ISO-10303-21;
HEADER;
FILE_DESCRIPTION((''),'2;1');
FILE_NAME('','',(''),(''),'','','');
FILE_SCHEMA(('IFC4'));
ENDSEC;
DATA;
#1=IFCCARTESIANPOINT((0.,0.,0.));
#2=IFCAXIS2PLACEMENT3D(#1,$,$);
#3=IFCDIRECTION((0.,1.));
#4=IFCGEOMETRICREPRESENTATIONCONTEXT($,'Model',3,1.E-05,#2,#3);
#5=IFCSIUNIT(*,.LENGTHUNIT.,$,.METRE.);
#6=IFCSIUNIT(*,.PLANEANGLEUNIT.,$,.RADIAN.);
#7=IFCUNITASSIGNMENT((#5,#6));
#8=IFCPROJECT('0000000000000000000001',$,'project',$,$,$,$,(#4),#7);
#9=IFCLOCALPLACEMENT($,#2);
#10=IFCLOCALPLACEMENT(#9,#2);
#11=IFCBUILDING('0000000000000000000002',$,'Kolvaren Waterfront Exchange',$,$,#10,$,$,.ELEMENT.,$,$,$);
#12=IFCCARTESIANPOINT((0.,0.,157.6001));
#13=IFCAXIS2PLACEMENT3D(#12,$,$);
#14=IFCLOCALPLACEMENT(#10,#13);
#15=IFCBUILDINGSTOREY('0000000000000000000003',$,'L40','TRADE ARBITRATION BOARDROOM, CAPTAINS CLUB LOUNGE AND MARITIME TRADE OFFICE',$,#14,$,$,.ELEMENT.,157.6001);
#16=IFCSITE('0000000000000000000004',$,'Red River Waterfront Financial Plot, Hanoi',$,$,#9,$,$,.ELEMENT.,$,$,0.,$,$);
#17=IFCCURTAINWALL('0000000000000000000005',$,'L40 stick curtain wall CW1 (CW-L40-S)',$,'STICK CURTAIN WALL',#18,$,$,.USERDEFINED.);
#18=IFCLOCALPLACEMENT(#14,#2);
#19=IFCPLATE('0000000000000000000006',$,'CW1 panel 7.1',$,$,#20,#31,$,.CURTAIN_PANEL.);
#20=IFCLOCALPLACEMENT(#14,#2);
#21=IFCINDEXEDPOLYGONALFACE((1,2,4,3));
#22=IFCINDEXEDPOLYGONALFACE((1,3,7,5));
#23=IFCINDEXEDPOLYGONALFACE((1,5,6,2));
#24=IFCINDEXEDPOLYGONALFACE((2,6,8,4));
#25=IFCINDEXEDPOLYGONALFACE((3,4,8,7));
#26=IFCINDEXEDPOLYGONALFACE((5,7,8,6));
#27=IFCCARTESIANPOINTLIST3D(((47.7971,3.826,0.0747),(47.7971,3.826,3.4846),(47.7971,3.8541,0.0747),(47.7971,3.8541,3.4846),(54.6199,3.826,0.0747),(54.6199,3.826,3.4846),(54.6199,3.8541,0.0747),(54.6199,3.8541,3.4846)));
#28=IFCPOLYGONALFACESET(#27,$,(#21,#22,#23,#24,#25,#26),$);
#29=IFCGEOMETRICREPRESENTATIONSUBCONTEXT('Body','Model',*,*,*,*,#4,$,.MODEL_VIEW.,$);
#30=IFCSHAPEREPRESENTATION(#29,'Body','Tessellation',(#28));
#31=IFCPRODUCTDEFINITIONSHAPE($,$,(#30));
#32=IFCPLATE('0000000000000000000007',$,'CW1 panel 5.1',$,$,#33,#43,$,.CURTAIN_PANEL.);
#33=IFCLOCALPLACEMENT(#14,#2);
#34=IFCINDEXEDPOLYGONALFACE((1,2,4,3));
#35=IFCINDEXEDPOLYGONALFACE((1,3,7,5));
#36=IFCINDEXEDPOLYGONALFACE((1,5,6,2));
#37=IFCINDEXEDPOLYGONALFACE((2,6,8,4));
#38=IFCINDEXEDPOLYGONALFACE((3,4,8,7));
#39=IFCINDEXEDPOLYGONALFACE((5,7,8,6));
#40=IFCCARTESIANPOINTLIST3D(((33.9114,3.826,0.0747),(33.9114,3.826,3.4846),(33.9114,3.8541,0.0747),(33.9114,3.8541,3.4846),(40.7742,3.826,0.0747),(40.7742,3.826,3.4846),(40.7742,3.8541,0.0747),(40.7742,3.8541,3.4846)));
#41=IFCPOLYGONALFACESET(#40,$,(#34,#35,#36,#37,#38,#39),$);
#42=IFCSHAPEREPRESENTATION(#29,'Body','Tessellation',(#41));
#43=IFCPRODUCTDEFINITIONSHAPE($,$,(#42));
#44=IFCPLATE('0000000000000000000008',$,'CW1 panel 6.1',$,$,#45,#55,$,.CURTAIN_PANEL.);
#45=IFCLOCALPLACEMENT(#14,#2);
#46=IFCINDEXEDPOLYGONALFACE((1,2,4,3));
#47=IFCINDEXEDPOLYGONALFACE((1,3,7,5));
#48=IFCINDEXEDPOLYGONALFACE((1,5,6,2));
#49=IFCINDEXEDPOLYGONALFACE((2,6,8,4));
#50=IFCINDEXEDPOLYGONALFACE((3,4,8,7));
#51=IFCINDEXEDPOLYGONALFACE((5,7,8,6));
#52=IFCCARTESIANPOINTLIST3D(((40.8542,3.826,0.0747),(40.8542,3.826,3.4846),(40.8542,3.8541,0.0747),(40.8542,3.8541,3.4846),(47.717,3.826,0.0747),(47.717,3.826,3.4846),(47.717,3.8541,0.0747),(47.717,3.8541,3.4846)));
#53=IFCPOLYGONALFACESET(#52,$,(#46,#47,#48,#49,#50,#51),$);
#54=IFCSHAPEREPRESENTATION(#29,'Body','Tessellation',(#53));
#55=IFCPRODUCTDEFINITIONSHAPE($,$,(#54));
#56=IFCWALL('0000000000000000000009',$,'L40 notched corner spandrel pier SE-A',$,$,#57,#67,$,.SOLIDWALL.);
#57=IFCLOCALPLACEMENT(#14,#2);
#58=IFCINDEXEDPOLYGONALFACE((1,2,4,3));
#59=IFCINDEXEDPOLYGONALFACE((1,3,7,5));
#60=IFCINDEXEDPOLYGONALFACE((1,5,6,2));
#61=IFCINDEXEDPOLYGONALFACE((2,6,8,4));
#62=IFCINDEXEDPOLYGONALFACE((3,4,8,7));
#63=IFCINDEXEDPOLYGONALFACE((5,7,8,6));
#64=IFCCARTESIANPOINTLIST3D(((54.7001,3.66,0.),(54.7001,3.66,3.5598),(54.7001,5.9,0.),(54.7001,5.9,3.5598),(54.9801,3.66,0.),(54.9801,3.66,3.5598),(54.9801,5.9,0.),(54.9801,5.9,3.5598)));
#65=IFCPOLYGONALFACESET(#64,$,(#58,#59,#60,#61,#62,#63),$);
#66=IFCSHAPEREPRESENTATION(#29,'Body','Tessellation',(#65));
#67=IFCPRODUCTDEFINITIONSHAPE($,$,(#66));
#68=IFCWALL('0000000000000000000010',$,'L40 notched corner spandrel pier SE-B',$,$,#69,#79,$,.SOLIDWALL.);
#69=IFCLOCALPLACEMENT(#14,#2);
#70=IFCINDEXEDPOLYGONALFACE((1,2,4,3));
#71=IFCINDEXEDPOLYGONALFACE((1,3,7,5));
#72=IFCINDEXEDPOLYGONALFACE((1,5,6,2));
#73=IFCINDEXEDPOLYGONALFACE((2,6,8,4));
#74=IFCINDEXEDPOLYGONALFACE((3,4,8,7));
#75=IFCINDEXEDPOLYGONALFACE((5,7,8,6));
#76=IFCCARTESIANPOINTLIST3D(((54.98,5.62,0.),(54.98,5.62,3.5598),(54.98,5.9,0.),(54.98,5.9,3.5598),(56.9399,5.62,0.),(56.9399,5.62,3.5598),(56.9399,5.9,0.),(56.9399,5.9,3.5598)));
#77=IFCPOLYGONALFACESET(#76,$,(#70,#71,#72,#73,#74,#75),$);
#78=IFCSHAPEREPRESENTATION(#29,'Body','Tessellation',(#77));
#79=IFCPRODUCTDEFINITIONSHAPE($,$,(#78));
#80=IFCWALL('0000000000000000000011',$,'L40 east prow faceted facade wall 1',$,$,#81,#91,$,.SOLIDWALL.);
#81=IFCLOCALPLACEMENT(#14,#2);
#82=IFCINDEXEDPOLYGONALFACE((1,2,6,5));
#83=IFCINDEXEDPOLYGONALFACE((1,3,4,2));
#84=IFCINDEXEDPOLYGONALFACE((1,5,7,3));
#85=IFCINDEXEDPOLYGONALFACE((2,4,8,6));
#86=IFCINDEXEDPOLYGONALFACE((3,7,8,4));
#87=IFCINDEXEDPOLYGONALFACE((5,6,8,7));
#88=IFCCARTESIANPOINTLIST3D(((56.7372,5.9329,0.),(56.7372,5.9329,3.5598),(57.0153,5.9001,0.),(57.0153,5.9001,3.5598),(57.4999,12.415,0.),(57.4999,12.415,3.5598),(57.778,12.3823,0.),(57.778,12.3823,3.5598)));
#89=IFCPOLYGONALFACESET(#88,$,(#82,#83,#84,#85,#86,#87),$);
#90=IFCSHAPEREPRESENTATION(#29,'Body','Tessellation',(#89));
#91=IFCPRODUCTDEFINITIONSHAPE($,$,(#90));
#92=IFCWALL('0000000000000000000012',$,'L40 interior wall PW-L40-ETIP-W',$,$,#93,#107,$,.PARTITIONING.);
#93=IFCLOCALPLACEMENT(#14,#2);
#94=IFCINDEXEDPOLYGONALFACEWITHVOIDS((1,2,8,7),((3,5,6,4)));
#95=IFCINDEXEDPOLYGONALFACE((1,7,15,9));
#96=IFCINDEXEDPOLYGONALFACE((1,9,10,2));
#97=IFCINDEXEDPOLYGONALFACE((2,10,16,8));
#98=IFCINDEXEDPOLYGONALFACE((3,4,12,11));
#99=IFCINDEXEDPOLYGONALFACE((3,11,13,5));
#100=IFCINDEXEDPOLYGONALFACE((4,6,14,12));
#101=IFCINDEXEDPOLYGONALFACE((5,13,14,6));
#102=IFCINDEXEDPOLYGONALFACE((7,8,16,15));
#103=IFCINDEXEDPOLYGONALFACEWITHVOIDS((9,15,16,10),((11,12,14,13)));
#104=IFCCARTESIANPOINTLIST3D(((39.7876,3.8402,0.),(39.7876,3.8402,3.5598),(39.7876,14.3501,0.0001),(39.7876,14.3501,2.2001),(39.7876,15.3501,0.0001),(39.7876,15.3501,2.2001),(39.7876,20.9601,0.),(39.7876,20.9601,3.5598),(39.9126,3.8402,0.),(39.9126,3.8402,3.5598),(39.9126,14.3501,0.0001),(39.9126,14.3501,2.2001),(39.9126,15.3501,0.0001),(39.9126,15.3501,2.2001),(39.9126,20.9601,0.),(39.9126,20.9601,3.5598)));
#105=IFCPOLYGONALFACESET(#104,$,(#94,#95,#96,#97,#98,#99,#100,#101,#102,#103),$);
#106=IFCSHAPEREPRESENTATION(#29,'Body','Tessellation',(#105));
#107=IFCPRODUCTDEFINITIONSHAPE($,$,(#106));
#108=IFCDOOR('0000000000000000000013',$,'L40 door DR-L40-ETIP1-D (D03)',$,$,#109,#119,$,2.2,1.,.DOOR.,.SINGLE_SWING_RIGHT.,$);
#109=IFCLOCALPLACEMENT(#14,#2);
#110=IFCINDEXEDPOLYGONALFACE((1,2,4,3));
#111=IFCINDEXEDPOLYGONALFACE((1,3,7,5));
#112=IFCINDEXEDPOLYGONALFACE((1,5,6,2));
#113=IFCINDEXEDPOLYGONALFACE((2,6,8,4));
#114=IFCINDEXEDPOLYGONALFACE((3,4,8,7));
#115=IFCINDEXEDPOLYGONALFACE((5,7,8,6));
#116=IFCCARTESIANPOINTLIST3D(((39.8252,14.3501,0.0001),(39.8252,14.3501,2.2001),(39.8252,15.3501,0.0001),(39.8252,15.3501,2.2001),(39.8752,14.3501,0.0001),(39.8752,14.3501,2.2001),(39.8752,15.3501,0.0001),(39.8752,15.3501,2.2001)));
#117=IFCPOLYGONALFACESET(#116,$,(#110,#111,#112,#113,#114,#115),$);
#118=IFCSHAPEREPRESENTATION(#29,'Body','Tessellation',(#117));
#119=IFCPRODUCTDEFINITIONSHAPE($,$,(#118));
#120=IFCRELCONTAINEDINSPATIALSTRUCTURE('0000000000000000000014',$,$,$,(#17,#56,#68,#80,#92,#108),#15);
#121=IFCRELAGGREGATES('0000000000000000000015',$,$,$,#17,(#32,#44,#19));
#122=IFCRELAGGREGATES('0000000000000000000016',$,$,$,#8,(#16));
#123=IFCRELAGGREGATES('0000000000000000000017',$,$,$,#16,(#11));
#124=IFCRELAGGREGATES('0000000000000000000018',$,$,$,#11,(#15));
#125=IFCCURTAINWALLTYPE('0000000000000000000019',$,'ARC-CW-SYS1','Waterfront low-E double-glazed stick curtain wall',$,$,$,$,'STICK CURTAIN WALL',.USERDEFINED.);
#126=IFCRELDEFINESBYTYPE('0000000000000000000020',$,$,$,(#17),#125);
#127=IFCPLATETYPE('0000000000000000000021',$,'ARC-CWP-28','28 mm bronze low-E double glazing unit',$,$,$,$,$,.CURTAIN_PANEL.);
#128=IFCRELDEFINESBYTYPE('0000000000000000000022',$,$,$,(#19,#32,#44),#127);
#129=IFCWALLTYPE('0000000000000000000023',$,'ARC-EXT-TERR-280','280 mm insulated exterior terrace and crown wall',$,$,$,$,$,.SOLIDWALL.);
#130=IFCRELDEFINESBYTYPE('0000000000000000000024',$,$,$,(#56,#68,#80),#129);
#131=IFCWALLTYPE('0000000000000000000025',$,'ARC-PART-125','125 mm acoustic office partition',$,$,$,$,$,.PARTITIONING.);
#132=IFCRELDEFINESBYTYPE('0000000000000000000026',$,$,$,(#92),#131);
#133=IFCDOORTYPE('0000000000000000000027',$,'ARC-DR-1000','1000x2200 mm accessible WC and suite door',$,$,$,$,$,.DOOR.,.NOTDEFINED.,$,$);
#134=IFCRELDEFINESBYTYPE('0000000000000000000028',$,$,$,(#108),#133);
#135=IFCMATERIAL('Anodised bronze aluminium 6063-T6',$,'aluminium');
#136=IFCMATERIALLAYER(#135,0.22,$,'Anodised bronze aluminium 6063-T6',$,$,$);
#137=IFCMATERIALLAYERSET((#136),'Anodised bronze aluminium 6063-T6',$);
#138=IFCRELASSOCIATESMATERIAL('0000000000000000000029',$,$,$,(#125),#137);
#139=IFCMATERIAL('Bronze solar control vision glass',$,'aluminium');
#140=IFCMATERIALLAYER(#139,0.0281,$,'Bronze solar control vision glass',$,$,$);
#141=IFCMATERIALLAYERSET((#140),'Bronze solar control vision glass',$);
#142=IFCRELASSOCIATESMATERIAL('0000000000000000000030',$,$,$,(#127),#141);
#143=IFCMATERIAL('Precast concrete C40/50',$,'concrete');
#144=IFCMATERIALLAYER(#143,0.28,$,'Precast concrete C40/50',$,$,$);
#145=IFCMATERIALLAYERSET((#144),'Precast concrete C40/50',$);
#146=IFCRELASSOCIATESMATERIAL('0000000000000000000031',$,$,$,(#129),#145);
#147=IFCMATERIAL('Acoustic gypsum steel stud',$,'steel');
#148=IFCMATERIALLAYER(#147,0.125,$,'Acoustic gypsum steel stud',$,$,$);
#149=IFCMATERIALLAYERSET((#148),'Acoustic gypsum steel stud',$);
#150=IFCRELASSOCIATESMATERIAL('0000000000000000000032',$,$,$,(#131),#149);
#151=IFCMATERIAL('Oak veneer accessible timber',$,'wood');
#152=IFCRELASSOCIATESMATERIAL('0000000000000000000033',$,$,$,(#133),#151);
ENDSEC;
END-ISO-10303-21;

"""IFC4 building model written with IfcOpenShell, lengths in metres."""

from ifc_helpers import new_model, si_unit, direction, frame, frame_2d, origin, origin_with_axes, origin_2d, place, context, subcontext, project, spatial, rectangle, extrude, source, transform, mapped, material, layer, layer_set, type_object, element, fill, aggregate, save


model = new_model("IFC4")

# Units and contexts
model_context = context("Model", 3, precision=1e-05, world=origin(), true_north=direction((0.0, 1.0)))
body_context = subcontext(model_context, "Body", "Model", "MODEL_VIEW")
ifc_project = project(units=[si_unit("LENGTHUNIT", "METRE"), si_unit("PLANEANGLEUNIT", "RADIAN")], contexts=[model_context])

# Site, building, storey
site_placement = place(None, origin())
site = spatial("IfcSite", under=ifc_project, at=site_placement, Name="Red River Waterfront Financial Plot, Hanoi", CompositionType="ELEMENT", RefElevation=0.0)
building_placement = place(site_placement, origin())
building = spatial("IfcBuilding", under=site, at=building_placement, Name="Kolvaren Waterfront Exchange", CompositionType="ELEMENT")
storey_placement = place(building_placement, frame((0.0, 0.0, 157.6001)))
storey = spatial("IfcBuildingStorey", under=building, at=storey_placement, Name="L40", Description="TRADE ARBITRATION BOARDROOM, CAPTAINS CLUB LOUNGE AND MARITIME TRADE OFFICE", CompositionType="ELEMENT", Elevation=157.6001)

# Curtain wall, plates
ifc_material_1 = material(Name="Anodised bronze aluminium 6063-T6", Category="aluminium")
ifc_layer_1 = layer(ifc_material_1, 0.22, Name="Anodised bronze aluminium 6063-T6")
ifc_layer_set_1 = layer_set([ifc_layer_1], Name="Anodised bronze aluminium 6063-T6")
curtain_wall_type = type_object("IfcCurtainWallType", Name="ARC-CW-SYS1", Description="Waterfront low-E double-glazed stick curtain wall", ElementType="STICK CURTAIN WALL", PredefinedType="USERDEFINED", material=ifc_layer_set_1)
curtain_wall_placement = place(storey_placement, origin())
curtain_wall = element("IfcCurtainWall", 1, at=curtain_wall_placement, inside=storey, type_object=curtain_wall_type, Name="L40 stick curtain wall CW1 (CW-L40-S)", ObjectType="STICK CURTAIN WALL", PredefinedType="USERDEFINED")
ifc_material_2 = material(Name="Bronze solar control vision glass", Category="aluminium")
ifc_layer_2 = layer(ifc_material_2, 0.0281, Name="Bronze solar control vision glass")
ifc_layer_set_2 = layer_set([ifc_layer_2], Name="Bronze solar control vision glass")
plate_type = type_object("IfcPlateType", Name="ARC-CWP-28", Description="28 mm bronze low-E double glazing unit", PredefinedType="CURTAIN_PANEL", material=ifc_layer_set_2)
shared_shape_1 = source(origin_with_axes(), body_context, "Body", "SweptSolid", [
    extrude(rectangle(XDim=6.8228, YDim=0.0281, at=origin_2d()), origin(), (0.0, 0.0, 1.0), 3.4099),
])
plate_1_placement = place(storey_placement, frame((51.2085, 3.8401, 0.0747), z_axis=(0.0, 0.0, 1.0), x_axis=(1.0, 0.0, 0.0)))
plate_1 = element("IfcPlate", 2, at=plate_1_placement, type_object=plate_type, Name="CW1 panel 7.1", PredefinedType="CURTAIN_PANEL", context=body_context, shape_type="MappedRepresentation", body=[
    mapped(shared_shape_1, transform((0.0, 0.0, 0.0), x_axis=(1.0, 0.0, 0.0), y_axis=(0.0, 1.0, 0.0), z_axis=(0.0, 0.0, 1.0), scale=1.0)),
])
shared_shape_2 = source(origin_with_axes(), body_context, "Body", "SweptSolid", [
    extrude(rectangle(XDim=6.8628, YDim=0.0281, at=origin_2d()), origin(), (0.0, 0.0, 1.0), 3.4099),
])
plate_2_placement = place(storey_placement, frame((37.3428, 3.8401, 0.0747), z_axis=(0.0, 0.0, 1.0), x_axis=(1.0, 0.0, 0.0)))
plate_2 = element("IfcPlate", 3, at=plate_2_placement, type_object=plate_type, Name="CW1 panel 5.1", PredefinedType="CURTAIN_PANEL", context=body_context, shape_type="MappedRepresentation", body=[
    mapped(shared_shape_2, transform((0.0, 0.0, 0.0), x_axis=(1.0, 0.0, 0.0), y_axis=(0.0, 1.0, 0.0), z_axis=(0.0, 0.0, 1.0), scale=1.0)),
])
plate_3_placement = place(storey_placement, frame((44.2856, 3.8401, 0.0747), z_axis=(0.0, 0.0, 1.0), x_axis=(1.0, 0.0, 0.0)))
plate_3 = element("IfcPlate", 4, at=plate_3_placement, type_object=plate_type, Name="CW1 panel 6.1", PredefinedType="CURTAIN_PANEL", context=body_context, shape_type="MappedRepresentation", body=[
    mapped(shared_shape_2, transform((0.0, 0.0, 0.0), x_axis=(1.0, 0.0, 0.0), y_axis=(0.0, 1.0, 0.0), z_axis=(0.0, 0.0, 1.0), scale=1.0)),
])
aggregate(curtain_wall, [plate_2, plate_3, plate_1])

# Walls
ifc_material_3 = material(Name="Precast concrete C40/50", Category="concrete")
ifc_layer_3 = layer(ifc_material_3, 0.28, Name="Precast concrete C40/50")
ifc_layer_set_3 = layer_set([ifc_layer_3], Name="Precast concrete C40/50")
wall_type_1 = type_object("IfcWallType", Name="ARC-EXT-TERR-280", Description="280 mm insulated exterior terrace and crown wall", PredefinedType="SOLIDWALL", material=ifc_layer_set_3)
wall_1_placement = place(storey_placement, frame((54.8401, 3.6599, 0.0), z_axis=(0.0, 0.0, 1.0), x_axis=(0.0, 1.0, 0.0)))
element("IfcWall", 5, at=wall_1_placement, inside=storey, type_object=wall_type_1, Name="L40 notched corner spandrel pier SE-A", PredefinedType="SOLIDWALL", context=body_context, shape_type="SweptSolid", body=[
    extrude(rectangle(XDim=2.24, YDim=0.28, at=frame_2d((1.1201, 0.0))), origin(), (0.0, 0.0, 1.0), 3.5598),
])
wall_2_placement = place(storey_placement, frame((54.98, 5.76, 0.0), z_axis=(0.0, 0.0, 1.0), x_axis=(1.0, 0.0, 0.0)))
element("IfcWall", 6, at=wall_2_placement, inside=storey, type_object=wall_type_1, Name="L40 notched corner spandrel pier SE-B", PredefinedType="SOLIDWALL", context=body_context, shape_type="SweptSolid", body=[
    extrude(rectangle(XDim=1.96, YDim=0.28, at=frame_2d((0.98, 0.0))), origin(), (0.0, 0.0, 1.0), 3.5598),
])
wall_3_placement = place(storey_placement, frame((56.8762, 5.9165, 0.0), z_axis=(0.0, 0.0, 1.0), x_axis=(0.116854, 0.993149, 0.0)))
element("IfcWall", 7, at=wall_3_placement, inside=storey, type_object=wall_type_1, Name="L40 east prow faceted facade wall 1", PredefinedType="SOLIDWALL", context=body_context, shape_type="SweptSolid", body=[
    extrude(rectangle(XDim=6.5269, YDim=0.28, at=frame_2d((3.2634, 0.0))), origin(), (0.0, 0.0, 1.0), 3.5598),
])

# Wall, opening, door
ifc_material_4 = material(Name="Acoustic gypsum steel stud", Category="steel")
ifc_layer_4 = layer(ifc_material_4, 0.125, Name="Acoustic gypsum steel stud")
ifc_layer_set_4 = layer_set([ifc_layer_4], Name="Acoustic gypsum steel stud")
wall_type_2 = type_object("IfcWallType", Name="ARC-PART-125", Description="125 mm acoustic office partition", PredefinedType="PARTITIONING", material=ifc_layer_set_4)
wall_4_placement = place(storey_placement, frame((39.8501, 3.8401, 0.0), z_axis=(0.0, 0.0, 1.0), x_axis=(0.0, 1.0, 0.0)))
wall_4 = element("IfcWall", 8, at=wall_4_placement, inside=storey, type_object=wall_type_2, Name="L40 interior wall PW-L40-ETIP-W", PredefinedType="PARTITIONING", context=body_context, shape_type="SweptSolid", body=[
    extrude(rectangle(XDim=17.1199, YDim=0.125, at=frame_2d((8.5601, 0.0))), origin(), (0.0, 0.0, 1.0), 3.5598),
])
opening_placement = place(wall_4_placement, frame((10.51, 0.0, 0.0)))
opening = element("IfcOpeningElement", 9, at=opening_placement, cuts=wall_4, PredefinedType="OPENING", context=body_context, shape_type="SweptSolid", body=[
    extrude(rectangle(XDim=1.0, YDim=2.2, at=frame_2d((0.5, 1.1001))), frame((0.0, 0.0725, 0.0), z_axis=(0.0, -1.0, 0.0), x_axis=(1.0, 0.0, 0.0)), (0.0, 0.0, 1.0), 0.145),
])
ifc_material_5 = material(Name="Oak veneer accessible timber", Category="wood")
door_type = type_object("IfcDoorType", Name="ARC-DR-1000", Description="1000x2200 mm accessible WC and suite door", OperationType="NOTDEFINED", PredefinedType="DOOR", material=ifc_material_5)
door_placement = place(opening_placement, origin())
door = element("IfcDoor", 10, at=door_placement, inside=storey, type_object=door_type, Name="L40 door DR-L40-ETIP1-D (D03)", OperationType="SINGLE_SWING_RIGHT", OverallHeight=2.2, OverallWidth=1.0, PredefinedType="DOOR", context=body_context, shape_type="SweptSolid", body=[
    extrude(rectangle(XDim=1.0, YDim=2.2, at=frame_2d((0.5, 1.1001))), frame((0.0, 0.0249, 0.0), z_axis=(0.0, -1.0, 0.0), x_axis=(1.0, 0.0, 0.0)), (0.0, 0.0, 1.0), 0.05),
])
fill(opening, door)

save(model, "model.ifc")
